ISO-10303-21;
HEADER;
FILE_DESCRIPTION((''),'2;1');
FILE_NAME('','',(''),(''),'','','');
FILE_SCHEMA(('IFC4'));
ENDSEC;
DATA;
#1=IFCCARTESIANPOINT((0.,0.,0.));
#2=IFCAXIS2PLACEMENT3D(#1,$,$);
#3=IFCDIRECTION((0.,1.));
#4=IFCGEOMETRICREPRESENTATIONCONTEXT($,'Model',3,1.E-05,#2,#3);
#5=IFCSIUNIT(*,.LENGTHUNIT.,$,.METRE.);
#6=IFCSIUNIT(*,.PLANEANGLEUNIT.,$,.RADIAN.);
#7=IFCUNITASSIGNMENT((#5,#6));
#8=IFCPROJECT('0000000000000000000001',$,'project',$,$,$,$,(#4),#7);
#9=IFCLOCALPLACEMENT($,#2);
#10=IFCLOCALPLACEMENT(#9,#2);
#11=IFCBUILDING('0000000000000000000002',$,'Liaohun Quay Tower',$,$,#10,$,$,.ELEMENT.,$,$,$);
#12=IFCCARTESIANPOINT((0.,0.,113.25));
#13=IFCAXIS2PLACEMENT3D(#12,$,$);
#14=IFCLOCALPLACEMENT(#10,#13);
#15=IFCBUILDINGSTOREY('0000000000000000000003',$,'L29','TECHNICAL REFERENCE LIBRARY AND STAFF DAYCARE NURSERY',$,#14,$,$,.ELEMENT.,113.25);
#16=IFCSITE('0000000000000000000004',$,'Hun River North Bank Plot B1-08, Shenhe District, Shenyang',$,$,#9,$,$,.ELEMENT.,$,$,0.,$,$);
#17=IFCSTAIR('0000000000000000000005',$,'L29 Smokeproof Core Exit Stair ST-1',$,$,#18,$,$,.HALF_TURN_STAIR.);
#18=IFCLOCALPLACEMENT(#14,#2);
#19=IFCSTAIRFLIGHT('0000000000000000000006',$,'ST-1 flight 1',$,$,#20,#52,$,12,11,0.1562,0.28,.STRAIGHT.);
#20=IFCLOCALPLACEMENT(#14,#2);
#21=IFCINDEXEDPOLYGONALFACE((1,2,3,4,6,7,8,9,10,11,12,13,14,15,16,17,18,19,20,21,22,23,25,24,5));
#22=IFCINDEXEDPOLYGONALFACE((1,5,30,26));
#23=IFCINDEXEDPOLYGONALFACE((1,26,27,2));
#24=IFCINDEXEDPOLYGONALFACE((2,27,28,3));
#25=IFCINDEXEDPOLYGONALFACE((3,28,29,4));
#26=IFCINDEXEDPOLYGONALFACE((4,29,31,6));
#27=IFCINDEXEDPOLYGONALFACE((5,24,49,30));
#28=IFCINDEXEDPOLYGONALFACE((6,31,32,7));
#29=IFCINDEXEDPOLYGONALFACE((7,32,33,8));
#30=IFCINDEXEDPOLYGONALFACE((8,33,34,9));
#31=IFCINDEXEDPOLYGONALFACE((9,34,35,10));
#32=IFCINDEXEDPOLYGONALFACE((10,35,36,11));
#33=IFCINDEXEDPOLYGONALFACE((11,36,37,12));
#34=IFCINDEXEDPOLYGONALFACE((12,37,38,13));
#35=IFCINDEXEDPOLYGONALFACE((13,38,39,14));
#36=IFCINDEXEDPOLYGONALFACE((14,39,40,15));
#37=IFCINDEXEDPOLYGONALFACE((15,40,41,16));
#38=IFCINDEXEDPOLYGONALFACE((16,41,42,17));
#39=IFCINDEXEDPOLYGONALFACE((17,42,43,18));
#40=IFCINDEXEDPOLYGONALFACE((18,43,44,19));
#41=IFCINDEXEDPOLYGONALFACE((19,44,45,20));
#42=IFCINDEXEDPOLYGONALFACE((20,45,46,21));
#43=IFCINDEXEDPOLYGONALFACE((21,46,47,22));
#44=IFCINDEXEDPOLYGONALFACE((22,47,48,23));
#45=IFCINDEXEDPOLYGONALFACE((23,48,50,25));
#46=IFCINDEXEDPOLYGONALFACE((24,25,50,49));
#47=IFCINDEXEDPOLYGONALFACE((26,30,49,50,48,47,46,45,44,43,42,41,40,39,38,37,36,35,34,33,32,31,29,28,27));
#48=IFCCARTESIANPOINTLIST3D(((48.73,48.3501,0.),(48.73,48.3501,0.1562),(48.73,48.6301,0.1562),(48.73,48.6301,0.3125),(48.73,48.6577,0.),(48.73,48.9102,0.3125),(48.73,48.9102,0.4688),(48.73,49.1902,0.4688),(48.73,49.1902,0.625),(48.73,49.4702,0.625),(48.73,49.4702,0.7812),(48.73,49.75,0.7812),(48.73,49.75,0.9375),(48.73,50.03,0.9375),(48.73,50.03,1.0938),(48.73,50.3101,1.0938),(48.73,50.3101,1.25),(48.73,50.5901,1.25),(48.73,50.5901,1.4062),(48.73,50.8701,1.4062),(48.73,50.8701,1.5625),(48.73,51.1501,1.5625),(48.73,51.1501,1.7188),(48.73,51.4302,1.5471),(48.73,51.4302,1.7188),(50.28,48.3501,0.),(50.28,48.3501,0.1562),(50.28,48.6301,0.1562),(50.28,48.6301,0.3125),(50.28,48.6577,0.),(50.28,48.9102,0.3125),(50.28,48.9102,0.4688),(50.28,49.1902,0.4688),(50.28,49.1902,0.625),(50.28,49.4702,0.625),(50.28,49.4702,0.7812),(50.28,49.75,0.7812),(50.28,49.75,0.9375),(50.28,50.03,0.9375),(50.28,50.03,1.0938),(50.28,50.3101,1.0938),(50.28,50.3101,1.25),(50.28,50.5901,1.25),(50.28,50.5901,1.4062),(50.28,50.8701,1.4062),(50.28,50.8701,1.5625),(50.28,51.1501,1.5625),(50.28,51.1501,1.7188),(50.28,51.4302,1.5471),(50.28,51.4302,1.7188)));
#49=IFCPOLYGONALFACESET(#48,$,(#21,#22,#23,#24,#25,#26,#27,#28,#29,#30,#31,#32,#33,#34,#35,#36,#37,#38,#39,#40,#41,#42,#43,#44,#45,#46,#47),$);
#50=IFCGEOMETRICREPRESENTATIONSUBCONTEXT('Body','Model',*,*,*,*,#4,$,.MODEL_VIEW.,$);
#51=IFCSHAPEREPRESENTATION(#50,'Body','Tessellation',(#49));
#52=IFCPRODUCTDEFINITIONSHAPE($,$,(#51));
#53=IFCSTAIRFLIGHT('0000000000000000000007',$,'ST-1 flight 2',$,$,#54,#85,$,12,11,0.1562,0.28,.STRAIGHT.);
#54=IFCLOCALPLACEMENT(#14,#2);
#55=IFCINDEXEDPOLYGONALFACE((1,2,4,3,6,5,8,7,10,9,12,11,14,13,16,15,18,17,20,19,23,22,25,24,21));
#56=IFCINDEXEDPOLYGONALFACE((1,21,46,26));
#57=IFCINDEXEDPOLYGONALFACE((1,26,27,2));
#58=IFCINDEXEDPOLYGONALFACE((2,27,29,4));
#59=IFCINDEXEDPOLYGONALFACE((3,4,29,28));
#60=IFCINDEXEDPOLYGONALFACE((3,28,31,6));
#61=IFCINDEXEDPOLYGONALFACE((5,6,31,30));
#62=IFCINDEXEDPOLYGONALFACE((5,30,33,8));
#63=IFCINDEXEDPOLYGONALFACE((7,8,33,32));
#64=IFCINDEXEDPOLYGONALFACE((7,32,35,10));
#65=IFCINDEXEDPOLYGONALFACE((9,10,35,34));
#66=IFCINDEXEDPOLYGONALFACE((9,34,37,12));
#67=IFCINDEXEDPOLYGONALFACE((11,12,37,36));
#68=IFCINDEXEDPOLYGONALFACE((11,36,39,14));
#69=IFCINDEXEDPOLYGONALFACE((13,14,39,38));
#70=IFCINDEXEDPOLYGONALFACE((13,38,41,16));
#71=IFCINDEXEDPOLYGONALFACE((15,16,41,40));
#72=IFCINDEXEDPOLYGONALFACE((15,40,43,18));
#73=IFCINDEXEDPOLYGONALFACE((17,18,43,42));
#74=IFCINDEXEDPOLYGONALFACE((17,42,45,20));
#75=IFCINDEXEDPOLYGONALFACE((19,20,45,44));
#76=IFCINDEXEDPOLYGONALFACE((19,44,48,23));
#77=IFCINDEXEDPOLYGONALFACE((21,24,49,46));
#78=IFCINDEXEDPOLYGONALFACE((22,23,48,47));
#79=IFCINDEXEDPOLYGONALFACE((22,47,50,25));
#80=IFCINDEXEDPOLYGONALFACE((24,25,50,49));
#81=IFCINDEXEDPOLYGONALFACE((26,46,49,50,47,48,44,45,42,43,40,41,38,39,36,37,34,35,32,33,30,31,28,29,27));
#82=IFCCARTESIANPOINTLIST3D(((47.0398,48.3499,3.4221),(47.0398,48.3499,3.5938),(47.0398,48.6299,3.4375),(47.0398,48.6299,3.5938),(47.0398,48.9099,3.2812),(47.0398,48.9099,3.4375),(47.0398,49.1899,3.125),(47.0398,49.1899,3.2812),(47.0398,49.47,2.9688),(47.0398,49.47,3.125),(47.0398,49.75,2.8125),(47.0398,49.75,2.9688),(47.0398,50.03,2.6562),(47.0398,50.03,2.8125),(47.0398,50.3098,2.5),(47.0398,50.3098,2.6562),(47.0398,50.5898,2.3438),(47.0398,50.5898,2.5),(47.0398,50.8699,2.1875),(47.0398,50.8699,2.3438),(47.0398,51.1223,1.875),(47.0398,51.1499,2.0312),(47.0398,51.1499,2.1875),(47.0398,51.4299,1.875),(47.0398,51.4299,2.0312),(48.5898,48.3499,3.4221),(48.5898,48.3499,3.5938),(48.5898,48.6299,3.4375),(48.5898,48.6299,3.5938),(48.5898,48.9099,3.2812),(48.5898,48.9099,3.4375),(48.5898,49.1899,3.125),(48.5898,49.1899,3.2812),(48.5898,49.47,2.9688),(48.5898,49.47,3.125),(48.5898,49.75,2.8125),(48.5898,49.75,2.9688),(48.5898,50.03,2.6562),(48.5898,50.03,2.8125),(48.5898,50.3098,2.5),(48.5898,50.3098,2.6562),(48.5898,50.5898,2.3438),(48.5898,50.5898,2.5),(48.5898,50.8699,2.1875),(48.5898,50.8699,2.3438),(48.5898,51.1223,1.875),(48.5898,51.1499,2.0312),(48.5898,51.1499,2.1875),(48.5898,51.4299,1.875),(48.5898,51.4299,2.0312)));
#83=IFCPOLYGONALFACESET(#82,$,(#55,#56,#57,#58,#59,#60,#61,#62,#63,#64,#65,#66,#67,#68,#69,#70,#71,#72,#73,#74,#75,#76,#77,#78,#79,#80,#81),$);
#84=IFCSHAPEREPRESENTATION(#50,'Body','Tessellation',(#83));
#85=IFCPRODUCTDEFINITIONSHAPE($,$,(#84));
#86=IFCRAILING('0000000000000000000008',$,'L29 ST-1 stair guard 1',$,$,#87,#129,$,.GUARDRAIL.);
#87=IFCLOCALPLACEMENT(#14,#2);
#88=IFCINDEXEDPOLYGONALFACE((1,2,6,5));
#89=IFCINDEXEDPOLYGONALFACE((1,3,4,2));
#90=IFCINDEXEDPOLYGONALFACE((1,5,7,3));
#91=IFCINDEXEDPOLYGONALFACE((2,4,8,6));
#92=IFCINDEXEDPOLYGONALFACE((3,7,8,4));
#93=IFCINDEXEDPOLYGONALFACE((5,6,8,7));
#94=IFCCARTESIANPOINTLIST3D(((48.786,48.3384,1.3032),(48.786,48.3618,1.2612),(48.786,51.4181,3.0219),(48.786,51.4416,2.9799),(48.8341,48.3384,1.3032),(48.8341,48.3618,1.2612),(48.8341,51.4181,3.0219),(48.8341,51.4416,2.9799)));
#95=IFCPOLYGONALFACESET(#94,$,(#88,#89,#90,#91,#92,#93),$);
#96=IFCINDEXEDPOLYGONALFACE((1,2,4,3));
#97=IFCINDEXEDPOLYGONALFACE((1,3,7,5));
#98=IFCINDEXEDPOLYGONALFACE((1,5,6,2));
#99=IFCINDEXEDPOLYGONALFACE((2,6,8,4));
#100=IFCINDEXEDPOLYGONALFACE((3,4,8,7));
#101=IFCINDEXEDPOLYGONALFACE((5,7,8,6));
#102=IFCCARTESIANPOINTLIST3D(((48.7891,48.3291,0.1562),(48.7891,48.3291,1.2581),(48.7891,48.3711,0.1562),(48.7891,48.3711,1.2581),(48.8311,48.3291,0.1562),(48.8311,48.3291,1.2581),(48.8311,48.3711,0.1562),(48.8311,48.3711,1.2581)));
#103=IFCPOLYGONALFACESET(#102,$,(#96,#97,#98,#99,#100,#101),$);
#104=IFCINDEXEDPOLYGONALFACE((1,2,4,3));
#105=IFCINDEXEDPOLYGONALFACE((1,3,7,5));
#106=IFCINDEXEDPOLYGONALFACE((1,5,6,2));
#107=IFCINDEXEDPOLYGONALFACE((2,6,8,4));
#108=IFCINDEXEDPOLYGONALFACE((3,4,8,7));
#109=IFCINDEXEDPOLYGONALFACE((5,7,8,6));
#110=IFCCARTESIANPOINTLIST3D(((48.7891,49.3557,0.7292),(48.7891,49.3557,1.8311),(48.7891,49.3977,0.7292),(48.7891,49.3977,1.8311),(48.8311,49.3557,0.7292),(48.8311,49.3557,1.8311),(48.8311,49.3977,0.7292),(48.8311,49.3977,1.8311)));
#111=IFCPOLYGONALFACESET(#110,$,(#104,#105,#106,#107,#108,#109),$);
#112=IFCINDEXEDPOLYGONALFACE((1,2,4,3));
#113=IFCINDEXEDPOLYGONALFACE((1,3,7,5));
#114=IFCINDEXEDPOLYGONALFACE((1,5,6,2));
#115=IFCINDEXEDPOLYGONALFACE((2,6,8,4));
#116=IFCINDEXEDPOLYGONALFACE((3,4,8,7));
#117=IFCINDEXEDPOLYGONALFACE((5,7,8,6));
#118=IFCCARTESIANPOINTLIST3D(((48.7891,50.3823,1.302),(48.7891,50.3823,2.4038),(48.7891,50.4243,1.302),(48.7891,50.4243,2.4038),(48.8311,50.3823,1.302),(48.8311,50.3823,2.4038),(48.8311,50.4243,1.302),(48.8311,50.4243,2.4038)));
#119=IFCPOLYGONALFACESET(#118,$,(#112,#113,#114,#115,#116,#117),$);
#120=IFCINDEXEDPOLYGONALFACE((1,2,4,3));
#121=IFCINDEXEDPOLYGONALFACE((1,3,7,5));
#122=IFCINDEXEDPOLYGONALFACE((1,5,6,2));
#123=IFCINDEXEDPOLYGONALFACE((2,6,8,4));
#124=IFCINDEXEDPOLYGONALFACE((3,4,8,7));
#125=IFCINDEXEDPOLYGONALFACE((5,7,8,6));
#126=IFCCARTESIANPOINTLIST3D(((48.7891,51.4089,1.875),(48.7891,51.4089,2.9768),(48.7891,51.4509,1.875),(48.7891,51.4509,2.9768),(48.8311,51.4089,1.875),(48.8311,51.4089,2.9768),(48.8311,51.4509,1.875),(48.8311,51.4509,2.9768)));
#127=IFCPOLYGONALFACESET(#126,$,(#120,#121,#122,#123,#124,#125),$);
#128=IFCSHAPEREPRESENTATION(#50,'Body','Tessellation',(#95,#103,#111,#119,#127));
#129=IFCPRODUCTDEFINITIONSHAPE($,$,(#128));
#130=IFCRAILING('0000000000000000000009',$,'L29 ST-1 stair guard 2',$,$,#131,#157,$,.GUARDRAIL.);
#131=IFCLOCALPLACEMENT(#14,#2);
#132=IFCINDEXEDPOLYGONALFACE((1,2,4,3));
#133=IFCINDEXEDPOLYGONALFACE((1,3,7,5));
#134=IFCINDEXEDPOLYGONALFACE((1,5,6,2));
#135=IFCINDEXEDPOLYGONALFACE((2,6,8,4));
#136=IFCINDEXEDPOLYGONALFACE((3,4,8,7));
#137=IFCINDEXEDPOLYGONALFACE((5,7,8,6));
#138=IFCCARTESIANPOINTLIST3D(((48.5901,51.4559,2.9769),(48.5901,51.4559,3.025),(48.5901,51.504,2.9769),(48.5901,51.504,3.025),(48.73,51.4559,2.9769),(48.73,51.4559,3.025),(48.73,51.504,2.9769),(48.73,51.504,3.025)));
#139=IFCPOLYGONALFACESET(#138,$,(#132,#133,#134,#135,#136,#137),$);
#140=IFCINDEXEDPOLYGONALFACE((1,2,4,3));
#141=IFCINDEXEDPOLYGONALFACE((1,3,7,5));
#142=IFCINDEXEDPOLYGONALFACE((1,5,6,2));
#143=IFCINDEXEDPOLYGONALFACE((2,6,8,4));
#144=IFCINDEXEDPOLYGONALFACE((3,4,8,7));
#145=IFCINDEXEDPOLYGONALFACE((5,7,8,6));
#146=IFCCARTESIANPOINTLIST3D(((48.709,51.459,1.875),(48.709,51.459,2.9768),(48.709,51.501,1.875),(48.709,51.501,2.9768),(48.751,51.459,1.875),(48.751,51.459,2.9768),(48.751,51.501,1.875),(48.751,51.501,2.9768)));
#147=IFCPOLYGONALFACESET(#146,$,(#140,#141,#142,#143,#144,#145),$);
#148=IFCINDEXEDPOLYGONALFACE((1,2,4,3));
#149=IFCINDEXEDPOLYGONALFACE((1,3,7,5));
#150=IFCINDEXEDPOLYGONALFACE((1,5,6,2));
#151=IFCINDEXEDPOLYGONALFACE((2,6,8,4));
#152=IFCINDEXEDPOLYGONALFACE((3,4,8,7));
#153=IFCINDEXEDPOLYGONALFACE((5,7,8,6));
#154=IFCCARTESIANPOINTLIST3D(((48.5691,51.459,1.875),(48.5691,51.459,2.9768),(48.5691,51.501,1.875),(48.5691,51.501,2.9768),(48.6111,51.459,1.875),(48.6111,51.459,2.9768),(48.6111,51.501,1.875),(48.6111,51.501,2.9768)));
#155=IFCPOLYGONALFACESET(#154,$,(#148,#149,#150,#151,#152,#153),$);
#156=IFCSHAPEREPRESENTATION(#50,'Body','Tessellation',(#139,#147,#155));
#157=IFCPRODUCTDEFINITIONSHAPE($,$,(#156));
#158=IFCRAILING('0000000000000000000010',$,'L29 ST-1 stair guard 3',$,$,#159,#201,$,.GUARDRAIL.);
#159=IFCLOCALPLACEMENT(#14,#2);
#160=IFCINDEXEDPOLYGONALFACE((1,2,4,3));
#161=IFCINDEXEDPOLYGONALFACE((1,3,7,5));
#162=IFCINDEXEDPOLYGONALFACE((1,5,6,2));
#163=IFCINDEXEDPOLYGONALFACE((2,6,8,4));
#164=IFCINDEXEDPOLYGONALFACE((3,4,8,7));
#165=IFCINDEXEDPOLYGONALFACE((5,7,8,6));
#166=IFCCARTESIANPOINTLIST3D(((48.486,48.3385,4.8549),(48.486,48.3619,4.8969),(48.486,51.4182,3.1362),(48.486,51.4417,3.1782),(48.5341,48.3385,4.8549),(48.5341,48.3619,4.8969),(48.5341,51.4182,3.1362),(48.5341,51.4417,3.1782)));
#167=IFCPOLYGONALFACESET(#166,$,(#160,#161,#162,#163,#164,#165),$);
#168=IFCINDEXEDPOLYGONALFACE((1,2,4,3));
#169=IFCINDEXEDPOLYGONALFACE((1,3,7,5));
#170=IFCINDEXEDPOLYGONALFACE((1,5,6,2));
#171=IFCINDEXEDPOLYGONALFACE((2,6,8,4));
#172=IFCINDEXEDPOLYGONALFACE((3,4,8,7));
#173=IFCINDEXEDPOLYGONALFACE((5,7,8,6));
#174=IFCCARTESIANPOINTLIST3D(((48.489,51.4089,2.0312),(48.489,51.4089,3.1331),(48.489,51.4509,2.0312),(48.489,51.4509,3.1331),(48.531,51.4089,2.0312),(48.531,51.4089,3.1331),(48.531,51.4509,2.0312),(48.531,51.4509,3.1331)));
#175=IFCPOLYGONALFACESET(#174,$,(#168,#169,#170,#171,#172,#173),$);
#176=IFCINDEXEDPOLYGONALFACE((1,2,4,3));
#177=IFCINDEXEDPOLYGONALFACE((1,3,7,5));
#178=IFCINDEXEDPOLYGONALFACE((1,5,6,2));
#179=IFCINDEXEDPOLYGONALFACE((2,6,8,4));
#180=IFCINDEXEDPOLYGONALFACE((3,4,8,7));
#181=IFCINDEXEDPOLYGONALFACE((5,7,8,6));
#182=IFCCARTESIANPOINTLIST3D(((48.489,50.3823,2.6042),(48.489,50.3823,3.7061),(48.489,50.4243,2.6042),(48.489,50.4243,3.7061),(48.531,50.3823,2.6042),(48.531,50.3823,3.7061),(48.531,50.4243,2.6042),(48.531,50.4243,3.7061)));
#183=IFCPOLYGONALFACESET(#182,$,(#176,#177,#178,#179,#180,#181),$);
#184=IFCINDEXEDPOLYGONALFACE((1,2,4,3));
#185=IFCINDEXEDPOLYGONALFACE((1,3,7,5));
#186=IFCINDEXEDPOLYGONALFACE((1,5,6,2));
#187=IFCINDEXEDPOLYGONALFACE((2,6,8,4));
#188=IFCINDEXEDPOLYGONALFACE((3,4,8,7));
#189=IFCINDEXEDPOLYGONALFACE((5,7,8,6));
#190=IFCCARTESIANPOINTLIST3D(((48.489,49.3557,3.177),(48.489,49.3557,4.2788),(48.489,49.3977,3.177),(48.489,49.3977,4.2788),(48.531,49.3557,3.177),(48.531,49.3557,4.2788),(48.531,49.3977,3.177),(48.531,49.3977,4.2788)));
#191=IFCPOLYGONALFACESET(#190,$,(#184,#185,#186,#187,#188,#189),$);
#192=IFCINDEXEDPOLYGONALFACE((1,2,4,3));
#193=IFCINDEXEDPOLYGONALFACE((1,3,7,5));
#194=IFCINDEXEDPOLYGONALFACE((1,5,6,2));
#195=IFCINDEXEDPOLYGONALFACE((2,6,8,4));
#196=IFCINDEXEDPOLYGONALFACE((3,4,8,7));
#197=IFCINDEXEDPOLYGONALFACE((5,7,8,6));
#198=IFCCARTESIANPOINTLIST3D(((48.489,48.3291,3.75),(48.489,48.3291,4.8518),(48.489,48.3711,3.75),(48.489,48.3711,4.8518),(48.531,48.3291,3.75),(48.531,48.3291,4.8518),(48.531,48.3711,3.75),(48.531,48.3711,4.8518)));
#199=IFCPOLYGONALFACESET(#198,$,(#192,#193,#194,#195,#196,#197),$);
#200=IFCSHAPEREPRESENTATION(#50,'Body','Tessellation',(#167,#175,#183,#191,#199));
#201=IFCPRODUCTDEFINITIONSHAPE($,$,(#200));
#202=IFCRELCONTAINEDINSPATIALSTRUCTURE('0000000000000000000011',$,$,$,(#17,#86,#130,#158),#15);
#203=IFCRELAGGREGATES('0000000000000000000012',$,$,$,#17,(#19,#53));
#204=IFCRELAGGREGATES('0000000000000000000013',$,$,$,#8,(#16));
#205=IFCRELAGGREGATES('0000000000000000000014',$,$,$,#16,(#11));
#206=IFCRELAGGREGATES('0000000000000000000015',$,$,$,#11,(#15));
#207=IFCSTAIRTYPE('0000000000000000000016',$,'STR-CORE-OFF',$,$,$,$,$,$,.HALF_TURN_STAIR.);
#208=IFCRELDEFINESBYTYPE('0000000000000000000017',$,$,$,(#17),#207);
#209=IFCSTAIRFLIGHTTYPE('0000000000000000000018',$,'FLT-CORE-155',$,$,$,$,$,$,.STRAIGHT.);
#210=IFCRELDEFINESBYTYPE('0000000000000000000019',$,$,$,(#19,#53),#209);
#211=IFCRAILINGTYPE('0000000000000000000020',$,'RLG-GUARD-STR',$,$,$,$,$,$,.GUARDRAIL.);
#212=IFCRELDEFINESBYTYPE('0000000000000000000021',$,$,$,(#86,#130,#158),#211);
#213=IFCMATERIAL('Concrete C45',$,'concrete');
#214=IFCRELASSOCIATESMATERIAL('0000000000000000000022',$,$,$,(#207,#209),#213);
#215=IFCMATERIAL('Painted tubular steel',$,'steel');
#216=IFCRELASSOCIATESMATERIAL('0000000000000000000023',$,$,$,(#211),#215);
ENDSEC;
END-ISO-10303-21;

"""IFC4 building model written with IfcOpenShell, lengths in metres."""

from ifc_helpers import new_model, si_unit, direction, frame, origin, origin_2d, place, context, subcontext, project, spatial, polyline, rectangle, outline, extrude, material, type_object, element, aggregate, save


model = new_model("IFC4")

# Units and contexts
model_context = context("Model", 3, precision=1e-05, world=origin(), true_north=direction((0.0, 1.0)))
body_context = subcontext(model_context, "Body", "Model", "MODEL_VIEW")
ifc_project = project(units=[si_unit("LENGTHUNIT", "METRE"), si_unit("PLANEANGLEUNIT", "RADIAN")], contexts=[model_context])

# Site, building, storey
site_placement = place(None, origin())
site = spatial("IfcSite", under=ifc_project, at=site_placement, Name="Hun River North Bank Plot B1-08, Shenhe District, Shenyang", CompositionType="ELEMENT", RefElevation=0.0)
building_placement = place(site_placement, origin())
building = spatial("IfcBuilding", under=site, at=building_placement, Name="Liaohun Quay Tower", CompositionType="ELEMENT")
storey_placement = place(building_placement, frame((0.0, 0.0, 113.25)))
storey = spatial("IfcBuildingStorey", under=building, at=storey_placement, Name="L29", Description="TECHNICAL REFERENCE LIBRARY AND STAFF DAYCARE NURSERY", CompositionType="ELEMENT", Elevation=113.25)

# Stair
ifc_material_1 = material(Name="Concrete C45", Category="concrete")
stair_type = type_object("IfcStairType", Name="STR-CORE-OFF", PredefinedType="HALF_TURN_STAIR", material=ifc_material_1)
stair_1_placement = place(storey_placement, origin())
stair_1 = element("IfcStair", 1, at=stair_1_placement, inside=storey, type_object=stair_type, Name="L29 Smokeproof Core Exit Stair ST-1", PredefinedType="HALF_TURN_STAIR")

# Stair flights
stair_flight_type = type_object("IfcStairFlightType", Name="FLT-CORE-155", PredefinedType="STRAIGHT", material=ifc_material_1)
stair_flight_1_placement = place(storey_placement, frame((49.5049, 48.3501, 0.0), z_axis=(0.0, 0.0, 1.0), x_axis=(0.0, 1.0, 0.0)))
stair_flight_1 = element("IfcStairFlight", 2, at=stair_flight_1_placement, type_object=stair_flight_type, Name="ST-1 flight 1", NumberOfRisers=12, NumberOfTreads=11, PredefinedType="STRAIGHT", RiserHeight=0.1562, TreadLength=0.28, context=body_context, shape_type="SweptSolid", body=[
    extrude(outline(polyline([(0.0, 0.0), (0.0, 0.1562), (0.28, 0.1562), (0.28, 0.3125), (0.5601, 0.3125), (0.5601, 0.4688), (0.8401, 0.4688), (0.8401, 0.625), (1.1201, 0.625), (1.1201, 0.7812), (1.3999, 0.7812), (1.3999, 0.9375), (1.6799, 0.9375), (1.6799, 1.0938), (1.96, 1.0938), (1.96, 1.25), (2.24, 1.25), (2.24, 1.4062), (2.52, 1.4062), (2.52, 1.5625), (2.8, 1.5625), (2.8, 1.7188), (3.0801, 1.7188), (3.0801, 1.875), (3.0801, 1.5471), (0.3076, 0.0), (0.0, 0.0)])), frame((0.0, 0.7749, 0.0), z_axis=(0.0, -1.0, 0.0), x_axis=(1.0, 0.0, 0.0)), (0.0, 0.0, 1.0), 1.55),
])
stair_flight_2_placement = place(storey_placement, frame((47.8149, 51.4299, 1.875), z_axis=(0.0, 0.0, 1.0), x_axis=(0.0, -1.0, 0.0)))
stair_flight_2 = element("IfcStairFlight", 3, at=stair_flight_2_placement, type_object=stair_flight_type, Name="ST-1 flight 2", NumberOfRisers=12, NumberOfTreads=11, PredefinedType="STRAIGHT", RiserHeight=0.1562, TreadLength=0.28, context=body_context, shape_type="SweptSolid", body=[
    extrude(outline(polyline([(0.0, 0.0), (0.0, 0.1562), (0.28, 0.1562), (0.28, 0.3125), (0.5601, 0.3125), (0.5601, 0.4688), (0.8401, 0.4688), (0.8401, 0.625), (1.1201, 0.625), (1.1201, 0.7812), (1.3999, 0.7812), (1.3999, 0.9375), (1.6799, 0.9375), (1.6799, 1.0938), (1.96, 1.0938), (1.96, 1.25), (2.24, 1.25), (2.24, 1.4062), (2.52, 1.4062), (2.52, 1.5625), (2.8, 1.5625), (2.8, 1.7188), (3.0801, 1.7188), (3.0801, 1.875), (3.0801, 1.5471), (0.3076, 0.0), (0.0, 0.0)])), frame((0.0, 0.7749, 0.0), z_axis=(0.0, -1.0, 0.0), x_axis=(1.0, 0.0, 0.0)), (0.0, 0.0, 1.0), 1.55),
])
aggregate(stair_1, [stair_flight_1, stair_flight_2])

# Railings
ifc_material_2 = material(Name="Painted tubular steel", Category="steel")
railing_type_1 = type_object("IfcRailingType", Name="RLG-GUARD-STR", PredefinedType="GUARDRAIL", material=ifc_material_2)
railing_1_placement = place(storey_placement, frame((48.8101, 48.3501, 0.1562)))
element("IfcRailing", 4, at=railing_1_placement, inside=storey, type_object=railing_type_1, Name="L29 ST-1 stair guard 1", PredefinedType="GUARDRAIL", context=body_context, shape_type="SweptSolid", body=[
    extrude(rectangle(XDim=0.0481, YDim=0.0481, at=origin_2d()), frame((0.0, 0.0, 1.126), z_axis=(0.0, 0.873225, 0.487317), x_axis=(-1.0, 0.0, 0.0)), (0.0, 0.0, 1.0), 3.5269),
    extrude(rectangle(XDim=0.042, YDim=0.042, at=origin_2d()), origin(), (0.0, 0.0, 1.0), 1.1018),
    extrude(rectangle(XDim=0.042, YDim=0.042, at=origin_2d()), frame((0.0, 1.0266, 0.573)), (0.0, 0.0, 1.0), 1.1018),
    extrude(rectangle(XDim=0.042, YDim=0.042, at=origin_2d()), frame((0.0, 2.0532, 1.1458)), (0.0, 0.0, 1.0), 1.1018),
    extrude(rectangle(XDim=0.042, YDim=0.042, at=origin_2d()), frame((0.0, 3.0798, 1.7188)), (0.0, 0.0, 1.0), 1.1018),
])
railing_2_placement = place(storey_placement, frame((48.73, 51.48, 1.875)))
element("IfcRailing", 5, at=railing_2_placement, inside=storey, type_object=railing_type_1, Name="L29 ST-1 stair guard 2", PredefinedType="GUARDRAIL", context=body_context, shape_type="SweptSolid", body=[
    extrude(rectangle(XDim=0.0481, YDim=0.0481, at=origin_2d()), frame((0.0, 0.0, 1.126), z_axis=(-1.0, 0.0, 0.0), x_axis=(0.0, -1.0, 0.0)), (0.0, 0.0, 1.0), 0.1399),
    extrude(rectangle(XDim=0.042, YDim=0.042, at=origin_2d()), origin(), (0.0, 0.0, 1.0), 1.1018),
    extrude(rectangle(XDim=0.042, YDim=0.042, at=origin_2d()), frame((-0.1399, 0.0, 0.0)), (0.0, 0.0, 1.0), 1.1018),
])
railing_3_placement = place(storey_placement, frame((48.51, 51.4299, 2.0312)))
element("IfcRailing", 6, at=railing_3_placement, inside=storey, type_object=railing_type_1, Name="L29 ST-1 stair guard 3", PredefinedType="GUARDRAIL", context=body_context, shape_type="SweptSolid", body=[
    extrude(rectangle(XDim=0.0481, YDim=0.0481, at=origin_2d()), frame((0.0, 0.0, 1.126), z_axis=(0.0, -0.873225, 0.487317), x_axis=(1.0, 0.0, 0.0)), (0.0, 0.0, 1.0), 3.5269),
    extrude(rectangle(XDim=0.042, YDim=0.042, at=origin_2d()), origin(), (0.0, 0.0, 1.0), 1.1018),
    extrude(rectangle(XDim=0.042, YDim=0.042, at=origin_2d()), frame((0.0, -1.0266, 0.573)), (0.0, 0.0, 1.0), 1.1018),
    extrude(rectangle(XDim=0.042, YDim=0.042, at=origin_2d()), frame((0.0, -2.0532, 1.1458)), (0.0, 0.0, 1.0), 1.1018),
    extrude(rectangle(XDim=0.042, YDim=0.042, at=origin_2d()), frame((0.0, -3.0798, 1.7188)), (0.0, 0.0, 1.0), 1.1018),
])

save(model, "model.ifc")
